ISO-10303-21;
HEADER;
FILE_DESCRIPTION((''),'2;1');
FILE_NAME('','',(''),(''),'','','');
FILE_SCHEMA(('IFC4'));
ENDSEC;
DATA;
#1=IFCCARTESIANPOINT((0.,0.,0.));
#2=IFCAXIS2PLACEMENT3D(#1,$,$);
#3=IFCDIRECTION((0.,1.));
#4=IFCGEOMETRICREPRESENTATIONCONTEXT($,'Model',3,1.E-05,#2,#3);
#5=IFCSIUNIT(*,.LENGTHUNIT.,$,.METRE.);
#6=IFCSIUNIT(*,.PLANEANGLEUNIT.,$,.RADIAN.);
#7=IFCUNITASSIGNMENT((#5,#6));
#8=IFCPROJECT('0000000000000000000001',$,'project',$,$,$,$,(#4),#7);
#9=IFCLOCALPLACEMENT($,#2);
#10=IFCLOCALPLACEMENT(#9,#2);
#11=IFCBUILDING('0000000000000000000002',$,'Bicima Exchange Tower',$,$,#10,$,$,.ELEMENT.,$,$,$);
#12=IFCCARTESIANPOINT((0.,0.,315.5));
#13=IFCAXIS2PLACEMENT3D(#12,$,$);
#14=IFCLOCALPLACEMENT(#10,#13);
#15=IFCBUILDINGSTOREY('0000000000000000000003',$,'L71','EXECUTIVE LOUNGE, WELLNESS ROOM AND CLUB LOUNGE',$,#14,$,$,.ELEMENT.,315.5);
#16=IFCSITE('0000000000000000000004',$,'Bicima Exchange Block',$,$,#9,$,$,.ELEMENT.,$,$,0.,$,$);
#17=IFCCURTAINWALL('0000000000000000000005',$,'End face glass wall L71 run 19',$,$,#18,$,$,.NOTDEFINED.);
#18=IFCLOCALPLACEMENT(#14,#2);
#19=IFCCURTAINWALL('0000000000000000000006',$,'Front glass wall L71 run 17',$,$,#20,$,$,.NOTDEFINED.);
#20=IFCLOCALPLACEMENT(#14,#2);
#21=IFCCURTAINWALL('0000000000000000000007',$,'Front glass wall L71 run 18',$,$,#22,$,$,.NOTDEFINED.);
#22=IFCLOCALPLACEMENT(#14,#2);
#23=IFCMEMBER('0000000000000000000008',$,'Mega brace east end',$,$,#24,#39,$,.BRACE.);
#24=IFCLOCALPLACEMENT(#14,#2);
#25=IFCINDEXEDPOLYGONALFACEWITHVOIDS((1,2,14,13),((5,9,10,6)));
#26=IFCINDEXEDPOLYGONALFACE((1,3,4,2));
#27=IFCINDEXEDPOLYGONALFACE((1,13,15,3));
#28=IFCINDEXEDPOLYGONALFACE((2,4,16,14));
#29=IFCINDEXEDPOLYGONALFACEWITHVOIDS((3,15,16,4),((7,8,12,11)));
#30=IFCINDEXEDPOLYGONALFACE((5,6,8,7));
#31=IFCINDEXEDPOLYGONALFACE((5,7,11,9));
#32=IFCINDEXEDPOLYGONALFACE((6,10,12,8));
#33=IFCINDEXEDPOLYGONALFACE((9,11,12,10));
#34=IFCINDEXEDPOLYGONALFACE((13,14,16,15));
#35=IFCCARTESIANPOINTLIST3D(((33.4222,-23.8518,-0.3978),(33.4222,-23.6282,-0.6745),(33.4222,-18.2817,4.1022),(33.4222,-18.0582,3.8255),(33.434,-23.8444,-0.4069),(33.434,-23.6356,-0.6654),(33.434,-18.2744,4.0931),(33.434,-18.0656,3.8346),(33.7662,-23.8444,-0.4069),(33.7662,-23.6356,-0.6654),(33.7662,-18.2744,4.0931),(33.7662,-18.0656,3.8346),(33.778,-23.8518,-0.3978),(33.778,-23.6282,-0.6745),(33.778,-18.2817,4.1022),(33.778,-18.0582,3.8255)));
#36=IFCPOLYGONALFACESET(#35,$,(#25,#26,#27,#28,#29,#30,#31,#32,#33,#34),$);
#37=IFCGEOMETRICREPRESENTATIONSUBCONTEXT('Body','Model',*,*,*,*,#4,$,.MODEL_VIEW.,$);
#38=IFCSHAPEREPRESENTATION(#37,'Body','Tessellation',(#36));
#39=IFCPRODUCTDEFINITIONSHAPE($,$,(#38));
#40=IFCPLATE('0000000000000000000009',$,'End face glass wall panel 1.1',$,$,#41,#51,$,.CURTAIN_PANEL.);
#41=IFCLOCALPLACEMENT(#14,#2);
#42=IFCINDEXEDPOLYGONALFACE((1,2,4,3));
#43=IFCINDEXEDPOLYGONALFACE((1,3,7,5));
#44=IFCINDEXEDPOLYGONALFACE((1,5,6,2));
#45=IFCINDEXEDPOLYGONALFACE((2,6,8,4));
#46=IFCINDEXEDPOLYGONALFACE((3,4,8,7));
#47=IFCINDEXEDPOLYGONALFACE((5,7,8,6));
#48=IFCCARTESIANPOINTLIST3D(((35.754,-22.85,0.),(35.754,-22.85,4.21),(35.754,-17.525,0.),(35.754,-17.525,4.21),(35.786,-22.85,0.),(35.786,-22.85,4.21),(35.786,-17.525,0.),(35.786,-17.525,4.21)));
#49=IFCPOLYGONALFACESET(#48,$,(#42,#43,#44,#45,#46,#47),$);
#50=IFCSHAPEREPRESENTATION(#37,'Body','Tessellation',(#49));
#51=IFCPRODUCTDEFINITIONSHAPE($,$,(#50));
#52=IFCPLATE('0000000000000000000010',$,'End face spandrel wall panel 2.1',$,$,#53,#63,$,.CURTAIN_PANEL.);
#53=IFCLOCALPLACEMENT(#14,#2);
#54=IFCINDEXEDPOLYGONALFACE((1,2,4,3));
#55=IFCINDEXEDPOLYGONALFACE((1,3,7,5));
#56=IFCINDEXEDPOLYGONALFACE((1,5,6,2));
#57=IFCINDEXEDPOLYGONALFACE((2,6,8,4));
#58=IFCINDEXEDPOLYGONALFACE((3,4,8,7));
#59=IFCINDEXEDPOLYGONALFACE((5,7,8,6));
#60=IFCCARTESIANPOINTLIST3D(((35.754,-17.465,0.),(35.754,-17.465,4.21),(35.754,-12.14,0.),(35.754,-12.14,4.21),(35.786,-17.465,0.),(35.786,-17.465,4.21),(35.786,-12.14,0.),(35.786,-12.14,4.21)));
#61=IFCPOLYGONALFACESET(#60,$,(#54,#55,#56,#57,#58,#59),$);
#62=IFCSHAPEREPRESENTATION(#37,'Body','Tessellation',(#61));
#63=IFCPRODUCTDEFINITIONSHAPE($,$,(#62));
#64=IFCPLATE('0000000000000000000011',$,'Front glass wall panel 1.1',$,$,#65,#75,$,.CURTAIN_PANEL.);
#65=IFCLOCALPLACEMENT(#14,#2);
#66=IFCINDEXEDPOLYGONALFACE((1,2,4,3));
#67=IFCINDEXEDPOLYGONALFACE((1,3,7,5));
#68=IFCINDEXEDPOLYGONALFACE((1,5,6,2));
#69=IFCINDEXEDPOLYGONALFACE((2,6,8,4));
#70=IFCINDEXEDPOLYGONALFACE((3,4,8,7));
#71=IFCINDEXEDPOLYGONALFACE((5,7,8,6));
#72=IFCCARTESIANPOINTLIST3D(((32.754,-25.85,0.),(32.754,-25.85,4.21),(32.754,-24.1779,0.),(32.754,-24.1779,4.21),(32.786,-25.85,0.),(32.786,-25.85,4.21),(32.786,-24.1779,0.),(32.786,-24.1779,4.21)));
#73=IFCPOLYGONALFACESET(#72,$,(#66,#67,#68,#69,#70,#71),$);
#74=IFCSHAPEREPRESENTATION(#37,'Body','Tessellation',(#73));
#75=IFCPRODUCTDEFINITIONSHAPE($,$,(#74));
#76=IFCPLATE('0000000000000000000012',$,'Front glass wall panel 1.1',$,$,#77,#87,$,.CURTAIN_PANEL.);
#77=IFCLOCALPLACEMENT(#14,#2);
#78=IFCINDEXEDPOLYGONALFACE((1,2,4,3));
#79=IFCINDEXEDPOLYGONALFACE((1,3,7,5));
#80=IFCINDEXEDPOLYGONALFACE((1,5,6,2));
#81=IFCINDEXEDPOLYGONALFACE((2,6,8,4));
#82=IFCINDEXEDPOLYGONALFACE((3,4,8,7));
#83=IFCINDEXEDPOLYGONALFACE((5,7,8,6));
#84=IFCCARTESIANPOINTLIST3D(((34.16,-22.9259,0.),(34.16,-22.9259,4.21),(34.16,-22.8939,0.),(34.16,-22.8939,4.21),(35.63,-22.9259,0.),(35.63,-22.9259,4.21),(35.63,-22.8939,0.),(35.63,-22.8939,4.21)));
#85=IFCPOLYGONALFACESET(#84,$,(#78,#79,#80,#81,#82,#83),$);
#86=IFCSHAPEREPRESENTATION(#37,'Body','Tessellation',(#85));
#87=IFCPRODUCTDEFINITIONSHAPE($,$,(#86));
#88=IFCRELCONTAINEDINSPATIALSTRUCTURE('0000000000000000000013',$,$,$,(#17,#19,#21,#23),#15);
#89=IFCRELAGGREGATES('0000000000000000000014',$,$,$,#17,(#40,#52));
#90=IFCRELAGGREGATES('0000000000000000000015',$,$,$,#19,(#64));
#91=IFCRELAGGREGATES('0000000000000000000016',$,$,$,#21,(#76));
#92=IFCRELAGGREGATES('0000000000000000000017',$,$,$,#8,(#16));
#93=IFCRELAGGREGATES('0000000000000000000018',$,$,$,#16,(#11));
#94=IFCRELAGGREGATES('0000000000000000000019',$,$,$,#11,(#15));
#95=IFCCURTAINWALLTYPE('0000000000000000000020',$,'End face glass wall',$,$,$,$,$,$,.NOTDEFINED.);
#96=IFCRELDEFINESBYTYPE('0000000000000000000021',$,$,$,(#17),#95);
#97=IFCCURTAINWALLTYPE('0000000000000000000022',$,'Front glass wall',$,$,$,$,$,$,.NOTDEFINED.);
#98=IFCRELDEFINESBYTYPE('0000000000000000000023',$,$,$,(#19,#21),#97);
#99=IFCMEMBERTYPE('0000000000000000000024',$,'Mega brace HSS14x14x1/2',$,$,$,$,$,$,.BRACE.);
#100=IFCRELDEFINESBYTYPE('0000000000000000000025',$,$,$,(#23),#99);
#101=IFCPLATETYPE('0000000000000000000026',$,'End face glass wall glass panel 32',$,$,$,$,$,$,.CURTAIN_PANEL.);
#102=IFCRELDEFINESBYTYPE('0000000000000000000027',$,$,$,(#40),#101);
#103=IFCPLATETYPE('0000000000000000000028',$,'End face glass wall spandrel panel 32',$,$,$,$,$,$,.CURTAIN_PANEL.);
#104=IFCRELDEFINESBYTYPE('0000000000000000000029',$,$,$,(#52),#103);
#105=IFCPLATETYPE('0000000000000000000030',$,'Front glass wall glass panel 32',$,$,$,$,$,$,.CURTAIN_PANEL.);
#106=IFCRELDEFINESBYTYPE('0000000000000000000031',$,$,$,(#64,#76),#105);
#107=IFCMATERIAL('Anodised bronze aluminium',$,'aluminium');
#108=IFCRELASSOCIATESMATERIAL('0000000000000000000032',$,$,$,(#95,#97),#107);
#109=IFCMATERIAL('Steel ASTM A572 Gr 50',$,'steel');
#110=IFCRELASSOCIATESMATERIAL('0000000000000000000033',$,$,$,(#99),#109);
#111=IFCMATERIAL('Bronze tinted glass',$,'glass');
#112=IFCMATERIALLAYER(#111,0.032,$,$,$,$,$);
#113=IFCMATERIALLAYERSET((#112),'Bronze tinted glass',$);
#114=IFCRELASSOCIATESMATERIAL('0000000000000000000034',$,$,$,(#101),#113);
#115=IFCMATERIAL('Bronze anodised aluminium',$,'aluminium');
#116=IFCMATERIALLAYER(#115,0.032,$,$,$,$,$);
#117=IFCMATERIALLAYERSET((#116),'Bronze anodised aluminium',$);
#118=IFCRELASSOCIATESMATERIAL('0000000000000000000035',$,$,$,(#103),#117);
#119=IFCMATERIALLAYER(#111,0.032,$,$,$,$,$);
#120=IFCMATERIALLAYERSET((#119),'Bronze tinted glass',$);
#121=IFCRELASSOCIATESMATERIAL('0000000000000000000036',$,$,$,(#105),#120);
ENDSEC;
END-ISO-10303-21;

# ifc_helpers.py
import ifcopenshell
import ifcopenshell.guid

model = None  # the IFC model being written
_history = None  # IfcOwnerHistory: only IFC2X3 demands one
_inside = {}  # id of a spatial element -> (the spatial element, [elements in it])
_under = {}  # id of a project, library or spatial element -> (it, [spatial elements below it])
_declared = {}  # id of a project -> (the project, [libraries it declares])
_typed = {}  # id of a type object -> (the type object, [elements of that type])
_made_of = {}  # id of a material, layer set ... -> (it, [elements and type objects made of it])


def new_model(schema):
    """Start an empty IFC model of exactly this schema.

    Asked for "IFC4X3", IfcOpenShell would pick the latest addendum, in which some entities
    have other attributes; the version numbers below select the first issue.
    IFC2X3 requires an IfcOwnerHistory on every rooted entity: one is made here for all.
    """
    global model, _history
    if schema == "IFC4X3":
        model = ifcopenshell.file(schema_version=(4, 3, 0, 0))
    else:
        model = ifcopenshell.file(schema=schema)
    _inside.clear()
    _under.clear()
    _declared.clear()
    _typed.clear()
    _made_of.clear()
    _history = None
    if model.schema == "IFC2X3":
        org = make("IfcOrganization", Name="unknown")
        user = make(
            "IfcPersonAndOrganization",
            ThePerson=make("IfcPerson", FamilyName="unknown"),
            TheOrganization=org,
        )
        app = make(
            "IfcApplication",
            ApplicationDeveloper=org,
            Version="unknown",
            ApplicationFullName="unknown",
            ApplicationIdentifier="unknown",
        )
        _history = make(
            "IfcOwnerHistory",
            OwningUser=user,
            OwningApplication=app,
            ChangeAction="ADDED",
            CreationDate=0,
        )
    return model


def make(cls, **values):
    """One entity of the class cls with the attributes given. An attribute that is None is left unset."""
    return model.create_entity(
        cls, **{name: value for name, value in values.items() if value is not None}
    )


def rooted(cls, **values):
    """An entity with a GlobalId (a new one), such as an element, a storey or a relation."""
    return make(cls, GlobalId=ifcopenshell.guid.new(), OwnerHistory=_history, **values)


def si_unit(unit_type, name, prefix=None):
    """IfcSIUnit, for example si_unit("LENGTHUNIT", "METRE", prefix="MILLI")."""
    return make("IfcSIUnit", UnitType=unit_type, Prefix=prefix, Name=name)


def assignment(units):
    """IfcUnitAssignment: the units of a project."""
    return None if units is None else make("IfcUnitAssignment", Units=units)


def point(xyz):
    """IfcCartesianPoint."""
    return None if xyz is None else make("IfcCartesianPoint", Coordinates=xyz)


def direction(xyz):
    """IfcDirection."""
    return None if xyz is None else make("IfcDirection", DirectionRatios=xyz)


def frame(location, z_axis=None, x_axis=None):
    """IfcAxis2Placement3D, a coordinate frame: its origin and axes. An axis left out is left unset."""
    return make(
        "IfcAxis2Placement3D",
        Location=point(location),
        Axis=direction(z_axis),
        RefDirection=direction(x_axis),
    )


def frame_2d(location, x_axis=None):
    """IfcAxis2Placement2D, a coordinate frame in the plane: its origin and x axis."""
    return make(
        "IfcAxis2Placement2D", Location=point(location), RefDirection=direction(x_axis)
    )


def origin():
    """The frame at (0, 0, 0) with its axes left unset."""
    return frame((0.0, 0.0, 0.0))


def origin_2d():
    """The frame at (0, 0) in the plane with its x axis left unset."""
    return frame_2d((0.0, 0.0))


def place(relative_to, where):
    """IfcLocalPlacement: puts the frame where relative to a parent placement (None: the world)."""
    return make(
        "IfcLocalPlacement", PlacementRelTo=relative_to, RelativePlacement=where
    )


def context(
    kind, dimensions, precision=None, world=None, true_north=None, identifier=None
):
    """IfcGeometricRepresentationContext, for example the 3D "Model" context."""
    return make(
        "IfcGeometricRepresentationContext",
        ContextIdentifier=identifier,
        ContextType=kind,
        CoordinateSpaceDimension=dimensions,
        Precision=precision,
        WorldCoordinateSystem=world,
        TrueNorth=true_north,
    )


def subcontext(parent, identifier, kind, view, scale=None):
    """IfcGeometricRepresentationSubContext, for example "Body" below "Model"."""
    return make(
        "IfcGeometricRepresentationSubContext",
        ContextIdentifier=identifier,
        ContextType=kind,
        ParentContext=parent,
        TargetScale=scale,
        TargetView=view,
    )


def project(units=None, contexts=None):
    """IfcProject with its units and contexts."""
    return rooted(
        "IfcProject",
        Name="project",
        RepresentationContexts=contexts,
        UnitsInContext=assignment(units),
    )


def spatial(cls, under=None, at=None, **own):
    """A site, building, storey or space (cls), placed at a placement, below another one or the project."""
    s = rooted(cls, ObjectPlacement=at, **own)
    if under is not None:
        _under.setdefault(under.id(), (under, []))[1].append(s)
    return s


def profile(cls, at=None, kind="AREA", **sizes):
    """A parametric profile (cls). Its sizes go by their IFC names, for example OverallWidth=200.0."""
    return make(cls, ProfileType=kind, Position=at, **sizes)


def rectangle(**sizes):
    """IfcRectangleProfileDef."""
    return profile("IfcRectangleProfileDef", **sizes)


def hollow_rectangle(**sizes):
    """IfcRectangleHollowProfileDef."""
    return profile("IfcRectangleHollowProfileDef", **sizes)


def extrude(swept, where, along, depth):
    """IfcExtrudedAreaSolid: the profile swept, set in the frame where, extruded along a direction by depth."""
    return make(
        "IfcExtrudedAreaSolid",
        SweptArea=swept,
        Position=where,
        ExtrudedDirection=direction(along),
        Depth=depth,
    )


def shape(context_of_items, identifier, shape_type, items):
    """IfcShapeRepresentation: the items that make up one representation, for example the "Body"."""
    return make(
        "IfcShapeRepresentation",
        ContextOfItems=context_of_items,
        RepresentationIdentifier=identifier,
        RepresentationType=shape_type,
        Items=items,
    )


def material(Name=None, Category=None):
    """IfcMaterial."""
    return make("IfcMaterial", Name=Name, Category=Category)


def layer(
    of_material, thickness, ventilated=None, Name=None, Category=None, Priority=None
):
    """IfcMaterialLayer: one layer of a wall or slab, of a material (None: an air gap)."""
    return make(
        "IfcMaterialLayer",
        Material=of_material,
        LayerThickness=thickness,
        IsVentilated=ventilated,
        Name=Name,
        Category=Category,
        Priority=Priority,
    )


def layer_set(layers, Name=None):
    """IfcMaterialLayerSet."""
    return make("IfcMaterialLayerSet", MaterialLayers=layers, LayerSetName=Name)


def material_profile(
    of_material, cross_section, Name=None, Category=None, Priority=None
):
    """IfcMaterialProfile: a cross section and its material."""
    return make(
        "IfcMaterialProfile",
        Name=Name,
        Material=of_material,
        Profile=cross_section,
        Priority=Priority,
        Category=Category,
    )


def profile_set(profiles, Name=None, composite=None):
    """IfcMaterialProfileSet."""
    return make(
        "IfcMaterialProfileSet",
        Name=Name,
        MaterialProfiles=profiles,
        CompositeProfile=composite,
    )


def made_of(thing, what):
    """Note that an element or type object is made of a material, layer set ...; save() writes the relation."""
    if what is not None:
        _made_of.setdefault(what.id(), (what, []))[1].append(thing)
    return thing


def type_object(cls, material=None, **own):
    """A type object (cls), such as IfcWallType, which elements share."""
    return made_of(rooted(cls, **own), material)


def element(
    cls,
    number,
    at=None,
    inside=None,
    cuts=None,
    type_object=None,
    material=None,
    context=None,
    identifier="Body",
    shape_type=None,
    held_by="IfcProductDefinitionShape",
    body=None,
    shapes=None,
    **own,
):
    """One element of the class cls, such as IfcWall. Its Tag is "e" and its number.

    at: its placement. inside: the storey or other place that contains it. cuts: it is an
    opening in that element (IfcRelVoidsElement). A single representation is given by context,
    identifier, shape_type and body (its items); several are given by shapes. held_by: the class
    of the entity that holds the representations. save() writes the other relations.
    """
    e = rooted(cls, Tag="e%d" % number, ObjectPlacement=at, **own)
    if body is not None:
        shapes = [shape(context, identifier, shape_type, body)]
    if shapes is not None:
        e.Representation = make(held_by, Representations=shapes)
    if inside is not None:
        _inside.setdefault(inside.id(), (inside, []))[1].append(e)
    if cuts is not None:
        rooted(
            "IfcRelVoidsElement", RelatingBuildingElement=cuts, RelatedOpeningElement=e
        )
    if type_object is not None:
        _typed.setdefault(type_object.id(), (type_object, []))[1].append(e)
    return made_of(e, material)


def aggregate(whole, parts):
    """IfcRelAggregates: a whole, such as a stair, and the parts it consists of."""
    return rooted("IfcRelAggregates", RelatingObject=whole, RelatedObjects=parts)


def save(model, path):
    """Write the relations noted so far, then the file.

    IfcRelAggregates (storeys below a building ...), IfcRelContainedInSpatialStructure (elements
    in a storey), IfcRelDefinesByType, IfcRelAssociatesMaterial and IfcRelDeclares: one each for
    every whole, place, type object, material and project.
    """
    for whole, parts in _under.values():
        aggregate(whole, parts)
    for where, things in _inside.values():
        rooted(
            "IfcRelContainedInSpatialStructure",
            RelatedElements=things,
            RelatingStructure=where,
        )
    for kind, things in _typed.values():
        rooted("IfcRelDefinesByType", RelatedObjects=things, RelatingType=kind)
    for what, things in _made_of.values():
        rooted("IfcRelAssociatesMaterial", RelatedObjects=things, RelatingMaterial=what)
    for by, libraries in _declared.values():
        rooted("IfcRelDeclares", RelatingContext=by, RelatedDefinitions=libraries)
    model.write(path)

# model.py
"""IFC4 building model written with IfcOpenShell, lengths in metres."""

from ifc_helpers import new_model, si_unit, direction, frame, origin, origin_2d, place, context, subcontext, project, spatial, rectangle, hollow_rectangle, extrude, material, layer, layer_set, material_profile, profile_set, type_object, element, aggregate, save


model = new_model("IFC4")

# Units and contexts
model_context = context("Model", 3, precision=1e-05, world=origin(), true_north=direction((0.0, 1.0)))
body_context = subcontext(model_context, "Body", "Model", "MODEL_VIEW")
ifc_project = project(units=[si_unit("LENGTHUNIT", "METRE"), si_unit("PLANEANGLEUNIT", "RADIAN")], contexts=[model_context])

# Site, building, storey
site_placement = place(None, origin())
site = spatial("IfcSite", under=ifc_project, at=site_placement, Name="Bicima Exchange Block", CompositionType="ELEMENT", RefElevation=0.0)
building_placement = place(site_placement, origin())
building = spatial("IfcBuilding", under=site, at=building_placement, Name="Bicima Exchange Tower", CompositionType="ELEMENT")
storey_placement = place(building_placement, frame((0.0, 0.0, 315.5)))
storey = spatial("IfcBuildingStorey", under=building, at=storey_placement, Name="L71", Description="EXECUTIVE LOUNGE, WELLNESS ROOM AND CLUB LOUNGE", CompositionType="ELEMENT", Elevation=315.5)

# Shared definitions
ifc_material_1 = material(Name="Steel ASTM A572 Gr 50", Category="steel")

# Curtain wall
ifc_material_2 = material(Name="Anodised bronze aluminium", Category="aluminium")
curtain_wall_type_1 = type_object("IfcCurtainWallType", Name="End face glass wall", PredefinedType="NOTDEFINED", material=ifc_material_2)
curtain_wall_1_placement = place(storey_placement, origin())
curtain_wall_1 = element("IfcCurtainWall", 1, at=curtain_wall_1_placement, inside=storey, type_object=curtain_wall_type_1, Name="End face glass wall L71 run 19", PredefinedType="NOTDEFINED")

# Shared definitions
curtain_wall_type_2 = type_object("IfcCurtainWallType", Name="Front glass wall", PredefinedType="NOTDEFINED", material=ifc_material_2)

# Curtain walls
curtain_wall_2_placement = place(storey_placement, origin())
curtain_wall_2 = element("IfcCurtainWall", 2, at=curtain_wall_2_placement, inside=storey, type_object=curtain_wall_type_2, Name="Front glass wall L71 run 17", PredefinedType="NOTDEFINED")
curtain_wall_3_placement = place(storey_placement, origin())
curtain_wall_3 = element("IfcCurtainWall", 3, at=curtain_wall_3_placement, inside=storey, type_object=curtain_wall_type_2, Name="Front glass wall L71 run 18", PredefinedType="NOTDEFINED")

# Member
ifc_material_profile_1 = material_profile(ifc_material_1, hollow_rectangle(XDim=0.3557, YDim=0.3557, WallThickness=0.0117, at=origin_2d()))
ifc_profile_set_1 = profile_set([ifc_material_profile_1], Name="Steel ASTM A572 Gr 50")
member_type_1 = type_object("IfcMemberType", Name="Mega brace HSS14x14x1/2", PredefinedType="BRACE", material=ifc_profile_set_1)
member_1_placement = place(storey_placement, frame((33.6001, -23.74, -0.5361), z_axis=(0.0, 0.777866, 0.62843), x_axis=(-1.0, 0.0, 0.0)))
element("IfcMember", 4, at=member_1_placement, inside=storey, type_object=member_type_1, Name="Mega brace east end", PredefinedType="BRACE", context=body_context, shape_type="SweptSolid", body=[
    extrude(hollow_rectangle(XDim=0.3557, YDim=0.3557, WallThickness=0.0117, at=origin_2d()), origin(), (0.0, 0.0, 1.0), 7.1606),
])

# Plates
ifc_material_3 = material(Name="Bronze tinted glass", Category="glass")
ifc_layer_1 = layer(ifc_material_3, 0.032)
ifc_layer_set_1 = layer_set([ifc_layer_1], Name="Bronze tinted glass")
plate_type_1 = type_object("IfcPlateType", Name="End face glass wall glass panel 32", PredefinedType="CURTAIN_PANEL", material=ifc_layer_set_1)
plate_1_placement = place(storey_placement, frame((35.77, -20.1875, 0.0), z_axis=(0.0, 0.0, 1.0), x_axis=(0.0, 1.0, 0.0)))
plate_1 = element("IfcPlate", 5, at=plate_1_placement, type_object=plate_type_1, Name="End face glass wall panel 1.1", PredefinedType="CURTAIN_PANEL", context=body_context, shape_type="SweptSolid", body=[
    extrude(rectangle(XDim=5.325, YDim=0.032, at=origin_2d()), origin(), (0.0, 0.0, 1.0), 4.21),
])
ifc_material_4 = material(Name="Bronze anodised aluminium", Category="aluminium")
ifc_layer_2 = layer(ifc_material_4, 0.032)
ifc_layer_set_2 = layer_set([ifc_layer_2], Name="Bronze anodised aluminium")
plate_type_2 = type_object("IfcPlateType", Name="End face glass wall spandrel panel 32", PredefinedType="CURTAIN_PANEL", material=ifc_layer_set_2)
plate_2_placement = place(storey_placement, frame((35.77, -14.8025, 0.0), z_axis=(0.0, 0.0, 1.0), x_axis=(0.0, 1.0, 0.0)))
plate_2 = element("IfcPlate", 6, at=plate_2_placement, type_object=plate_type_2, Name="End face spandrel wall panel 2.1", PredefinedType="CURTAIN_PANEL", context=body_context, shape_type="SweptSolid", body=[
    extrude(rectangle(XDim=5.325, YDim=0.032, at=origin_2d()), origin(), (0.0, 0.0, 1.0), 4.21),
])
aggregate(curtain_wall_1, [plate_1, plate_2])
ifc_layer_3 = layer(ifc_material_3, 0.032)
ifc_layer_set_3 = layer_set([ifc_layer_3], Name="Bronze tinted glass")
plate_type_3 = type_object("IfcPlateType", Name="Front glass wall glass panel 32", PredefinedType="CURTAIN_PANEL", material=ifc_layer_set_3)
plate_3_placement = place(storey_placement, frame((32.77, -25.0139, 0.0), z_axis=(0.0, 0.0, 1.0), x_axis=(0.0, 1.0, 0.0)))
plate_3 = element("IfcPlate", 7, at=plate_3_placement, type_object=plate_type_3, Name="Front glass wall panel 1.1", PredefinedType="CURTAIN_PANEL", context=body_context, shape_type="SweptSolid", body=[
    extrude(rectangle(XDim=1.6721, YDim=0.032, at=origin_2d()), origin(), (0.0, 0.0, 1.0), 4.21),
])
aggregate(curtain_wall_2, [plate_3])
plate_4_placement = place(storey_placement, frame((34.895, -22.9099, 0.0), z_axis=(0.0, 0.0, 1.0), x_axis=(1.0, 0.0, 0.0)))
plate_4 = element("IfcPlate", 8, at=plate_4_placement, type_object=plate_type_3, Name="Front glass wall panel 1.1", PredefinedType="CURTAIN_PANEL", context=body_context, shape_type="SweptSolid", body=[
    extrude(rectangle(XDim=1.47, YDim=0.032, at=origin_2d()), origin(), (0.0, 0.0, 1.0), 4.21),
])
aggregate(curtain_wall_3, [plate_4])

save(model, "model.ifc")
